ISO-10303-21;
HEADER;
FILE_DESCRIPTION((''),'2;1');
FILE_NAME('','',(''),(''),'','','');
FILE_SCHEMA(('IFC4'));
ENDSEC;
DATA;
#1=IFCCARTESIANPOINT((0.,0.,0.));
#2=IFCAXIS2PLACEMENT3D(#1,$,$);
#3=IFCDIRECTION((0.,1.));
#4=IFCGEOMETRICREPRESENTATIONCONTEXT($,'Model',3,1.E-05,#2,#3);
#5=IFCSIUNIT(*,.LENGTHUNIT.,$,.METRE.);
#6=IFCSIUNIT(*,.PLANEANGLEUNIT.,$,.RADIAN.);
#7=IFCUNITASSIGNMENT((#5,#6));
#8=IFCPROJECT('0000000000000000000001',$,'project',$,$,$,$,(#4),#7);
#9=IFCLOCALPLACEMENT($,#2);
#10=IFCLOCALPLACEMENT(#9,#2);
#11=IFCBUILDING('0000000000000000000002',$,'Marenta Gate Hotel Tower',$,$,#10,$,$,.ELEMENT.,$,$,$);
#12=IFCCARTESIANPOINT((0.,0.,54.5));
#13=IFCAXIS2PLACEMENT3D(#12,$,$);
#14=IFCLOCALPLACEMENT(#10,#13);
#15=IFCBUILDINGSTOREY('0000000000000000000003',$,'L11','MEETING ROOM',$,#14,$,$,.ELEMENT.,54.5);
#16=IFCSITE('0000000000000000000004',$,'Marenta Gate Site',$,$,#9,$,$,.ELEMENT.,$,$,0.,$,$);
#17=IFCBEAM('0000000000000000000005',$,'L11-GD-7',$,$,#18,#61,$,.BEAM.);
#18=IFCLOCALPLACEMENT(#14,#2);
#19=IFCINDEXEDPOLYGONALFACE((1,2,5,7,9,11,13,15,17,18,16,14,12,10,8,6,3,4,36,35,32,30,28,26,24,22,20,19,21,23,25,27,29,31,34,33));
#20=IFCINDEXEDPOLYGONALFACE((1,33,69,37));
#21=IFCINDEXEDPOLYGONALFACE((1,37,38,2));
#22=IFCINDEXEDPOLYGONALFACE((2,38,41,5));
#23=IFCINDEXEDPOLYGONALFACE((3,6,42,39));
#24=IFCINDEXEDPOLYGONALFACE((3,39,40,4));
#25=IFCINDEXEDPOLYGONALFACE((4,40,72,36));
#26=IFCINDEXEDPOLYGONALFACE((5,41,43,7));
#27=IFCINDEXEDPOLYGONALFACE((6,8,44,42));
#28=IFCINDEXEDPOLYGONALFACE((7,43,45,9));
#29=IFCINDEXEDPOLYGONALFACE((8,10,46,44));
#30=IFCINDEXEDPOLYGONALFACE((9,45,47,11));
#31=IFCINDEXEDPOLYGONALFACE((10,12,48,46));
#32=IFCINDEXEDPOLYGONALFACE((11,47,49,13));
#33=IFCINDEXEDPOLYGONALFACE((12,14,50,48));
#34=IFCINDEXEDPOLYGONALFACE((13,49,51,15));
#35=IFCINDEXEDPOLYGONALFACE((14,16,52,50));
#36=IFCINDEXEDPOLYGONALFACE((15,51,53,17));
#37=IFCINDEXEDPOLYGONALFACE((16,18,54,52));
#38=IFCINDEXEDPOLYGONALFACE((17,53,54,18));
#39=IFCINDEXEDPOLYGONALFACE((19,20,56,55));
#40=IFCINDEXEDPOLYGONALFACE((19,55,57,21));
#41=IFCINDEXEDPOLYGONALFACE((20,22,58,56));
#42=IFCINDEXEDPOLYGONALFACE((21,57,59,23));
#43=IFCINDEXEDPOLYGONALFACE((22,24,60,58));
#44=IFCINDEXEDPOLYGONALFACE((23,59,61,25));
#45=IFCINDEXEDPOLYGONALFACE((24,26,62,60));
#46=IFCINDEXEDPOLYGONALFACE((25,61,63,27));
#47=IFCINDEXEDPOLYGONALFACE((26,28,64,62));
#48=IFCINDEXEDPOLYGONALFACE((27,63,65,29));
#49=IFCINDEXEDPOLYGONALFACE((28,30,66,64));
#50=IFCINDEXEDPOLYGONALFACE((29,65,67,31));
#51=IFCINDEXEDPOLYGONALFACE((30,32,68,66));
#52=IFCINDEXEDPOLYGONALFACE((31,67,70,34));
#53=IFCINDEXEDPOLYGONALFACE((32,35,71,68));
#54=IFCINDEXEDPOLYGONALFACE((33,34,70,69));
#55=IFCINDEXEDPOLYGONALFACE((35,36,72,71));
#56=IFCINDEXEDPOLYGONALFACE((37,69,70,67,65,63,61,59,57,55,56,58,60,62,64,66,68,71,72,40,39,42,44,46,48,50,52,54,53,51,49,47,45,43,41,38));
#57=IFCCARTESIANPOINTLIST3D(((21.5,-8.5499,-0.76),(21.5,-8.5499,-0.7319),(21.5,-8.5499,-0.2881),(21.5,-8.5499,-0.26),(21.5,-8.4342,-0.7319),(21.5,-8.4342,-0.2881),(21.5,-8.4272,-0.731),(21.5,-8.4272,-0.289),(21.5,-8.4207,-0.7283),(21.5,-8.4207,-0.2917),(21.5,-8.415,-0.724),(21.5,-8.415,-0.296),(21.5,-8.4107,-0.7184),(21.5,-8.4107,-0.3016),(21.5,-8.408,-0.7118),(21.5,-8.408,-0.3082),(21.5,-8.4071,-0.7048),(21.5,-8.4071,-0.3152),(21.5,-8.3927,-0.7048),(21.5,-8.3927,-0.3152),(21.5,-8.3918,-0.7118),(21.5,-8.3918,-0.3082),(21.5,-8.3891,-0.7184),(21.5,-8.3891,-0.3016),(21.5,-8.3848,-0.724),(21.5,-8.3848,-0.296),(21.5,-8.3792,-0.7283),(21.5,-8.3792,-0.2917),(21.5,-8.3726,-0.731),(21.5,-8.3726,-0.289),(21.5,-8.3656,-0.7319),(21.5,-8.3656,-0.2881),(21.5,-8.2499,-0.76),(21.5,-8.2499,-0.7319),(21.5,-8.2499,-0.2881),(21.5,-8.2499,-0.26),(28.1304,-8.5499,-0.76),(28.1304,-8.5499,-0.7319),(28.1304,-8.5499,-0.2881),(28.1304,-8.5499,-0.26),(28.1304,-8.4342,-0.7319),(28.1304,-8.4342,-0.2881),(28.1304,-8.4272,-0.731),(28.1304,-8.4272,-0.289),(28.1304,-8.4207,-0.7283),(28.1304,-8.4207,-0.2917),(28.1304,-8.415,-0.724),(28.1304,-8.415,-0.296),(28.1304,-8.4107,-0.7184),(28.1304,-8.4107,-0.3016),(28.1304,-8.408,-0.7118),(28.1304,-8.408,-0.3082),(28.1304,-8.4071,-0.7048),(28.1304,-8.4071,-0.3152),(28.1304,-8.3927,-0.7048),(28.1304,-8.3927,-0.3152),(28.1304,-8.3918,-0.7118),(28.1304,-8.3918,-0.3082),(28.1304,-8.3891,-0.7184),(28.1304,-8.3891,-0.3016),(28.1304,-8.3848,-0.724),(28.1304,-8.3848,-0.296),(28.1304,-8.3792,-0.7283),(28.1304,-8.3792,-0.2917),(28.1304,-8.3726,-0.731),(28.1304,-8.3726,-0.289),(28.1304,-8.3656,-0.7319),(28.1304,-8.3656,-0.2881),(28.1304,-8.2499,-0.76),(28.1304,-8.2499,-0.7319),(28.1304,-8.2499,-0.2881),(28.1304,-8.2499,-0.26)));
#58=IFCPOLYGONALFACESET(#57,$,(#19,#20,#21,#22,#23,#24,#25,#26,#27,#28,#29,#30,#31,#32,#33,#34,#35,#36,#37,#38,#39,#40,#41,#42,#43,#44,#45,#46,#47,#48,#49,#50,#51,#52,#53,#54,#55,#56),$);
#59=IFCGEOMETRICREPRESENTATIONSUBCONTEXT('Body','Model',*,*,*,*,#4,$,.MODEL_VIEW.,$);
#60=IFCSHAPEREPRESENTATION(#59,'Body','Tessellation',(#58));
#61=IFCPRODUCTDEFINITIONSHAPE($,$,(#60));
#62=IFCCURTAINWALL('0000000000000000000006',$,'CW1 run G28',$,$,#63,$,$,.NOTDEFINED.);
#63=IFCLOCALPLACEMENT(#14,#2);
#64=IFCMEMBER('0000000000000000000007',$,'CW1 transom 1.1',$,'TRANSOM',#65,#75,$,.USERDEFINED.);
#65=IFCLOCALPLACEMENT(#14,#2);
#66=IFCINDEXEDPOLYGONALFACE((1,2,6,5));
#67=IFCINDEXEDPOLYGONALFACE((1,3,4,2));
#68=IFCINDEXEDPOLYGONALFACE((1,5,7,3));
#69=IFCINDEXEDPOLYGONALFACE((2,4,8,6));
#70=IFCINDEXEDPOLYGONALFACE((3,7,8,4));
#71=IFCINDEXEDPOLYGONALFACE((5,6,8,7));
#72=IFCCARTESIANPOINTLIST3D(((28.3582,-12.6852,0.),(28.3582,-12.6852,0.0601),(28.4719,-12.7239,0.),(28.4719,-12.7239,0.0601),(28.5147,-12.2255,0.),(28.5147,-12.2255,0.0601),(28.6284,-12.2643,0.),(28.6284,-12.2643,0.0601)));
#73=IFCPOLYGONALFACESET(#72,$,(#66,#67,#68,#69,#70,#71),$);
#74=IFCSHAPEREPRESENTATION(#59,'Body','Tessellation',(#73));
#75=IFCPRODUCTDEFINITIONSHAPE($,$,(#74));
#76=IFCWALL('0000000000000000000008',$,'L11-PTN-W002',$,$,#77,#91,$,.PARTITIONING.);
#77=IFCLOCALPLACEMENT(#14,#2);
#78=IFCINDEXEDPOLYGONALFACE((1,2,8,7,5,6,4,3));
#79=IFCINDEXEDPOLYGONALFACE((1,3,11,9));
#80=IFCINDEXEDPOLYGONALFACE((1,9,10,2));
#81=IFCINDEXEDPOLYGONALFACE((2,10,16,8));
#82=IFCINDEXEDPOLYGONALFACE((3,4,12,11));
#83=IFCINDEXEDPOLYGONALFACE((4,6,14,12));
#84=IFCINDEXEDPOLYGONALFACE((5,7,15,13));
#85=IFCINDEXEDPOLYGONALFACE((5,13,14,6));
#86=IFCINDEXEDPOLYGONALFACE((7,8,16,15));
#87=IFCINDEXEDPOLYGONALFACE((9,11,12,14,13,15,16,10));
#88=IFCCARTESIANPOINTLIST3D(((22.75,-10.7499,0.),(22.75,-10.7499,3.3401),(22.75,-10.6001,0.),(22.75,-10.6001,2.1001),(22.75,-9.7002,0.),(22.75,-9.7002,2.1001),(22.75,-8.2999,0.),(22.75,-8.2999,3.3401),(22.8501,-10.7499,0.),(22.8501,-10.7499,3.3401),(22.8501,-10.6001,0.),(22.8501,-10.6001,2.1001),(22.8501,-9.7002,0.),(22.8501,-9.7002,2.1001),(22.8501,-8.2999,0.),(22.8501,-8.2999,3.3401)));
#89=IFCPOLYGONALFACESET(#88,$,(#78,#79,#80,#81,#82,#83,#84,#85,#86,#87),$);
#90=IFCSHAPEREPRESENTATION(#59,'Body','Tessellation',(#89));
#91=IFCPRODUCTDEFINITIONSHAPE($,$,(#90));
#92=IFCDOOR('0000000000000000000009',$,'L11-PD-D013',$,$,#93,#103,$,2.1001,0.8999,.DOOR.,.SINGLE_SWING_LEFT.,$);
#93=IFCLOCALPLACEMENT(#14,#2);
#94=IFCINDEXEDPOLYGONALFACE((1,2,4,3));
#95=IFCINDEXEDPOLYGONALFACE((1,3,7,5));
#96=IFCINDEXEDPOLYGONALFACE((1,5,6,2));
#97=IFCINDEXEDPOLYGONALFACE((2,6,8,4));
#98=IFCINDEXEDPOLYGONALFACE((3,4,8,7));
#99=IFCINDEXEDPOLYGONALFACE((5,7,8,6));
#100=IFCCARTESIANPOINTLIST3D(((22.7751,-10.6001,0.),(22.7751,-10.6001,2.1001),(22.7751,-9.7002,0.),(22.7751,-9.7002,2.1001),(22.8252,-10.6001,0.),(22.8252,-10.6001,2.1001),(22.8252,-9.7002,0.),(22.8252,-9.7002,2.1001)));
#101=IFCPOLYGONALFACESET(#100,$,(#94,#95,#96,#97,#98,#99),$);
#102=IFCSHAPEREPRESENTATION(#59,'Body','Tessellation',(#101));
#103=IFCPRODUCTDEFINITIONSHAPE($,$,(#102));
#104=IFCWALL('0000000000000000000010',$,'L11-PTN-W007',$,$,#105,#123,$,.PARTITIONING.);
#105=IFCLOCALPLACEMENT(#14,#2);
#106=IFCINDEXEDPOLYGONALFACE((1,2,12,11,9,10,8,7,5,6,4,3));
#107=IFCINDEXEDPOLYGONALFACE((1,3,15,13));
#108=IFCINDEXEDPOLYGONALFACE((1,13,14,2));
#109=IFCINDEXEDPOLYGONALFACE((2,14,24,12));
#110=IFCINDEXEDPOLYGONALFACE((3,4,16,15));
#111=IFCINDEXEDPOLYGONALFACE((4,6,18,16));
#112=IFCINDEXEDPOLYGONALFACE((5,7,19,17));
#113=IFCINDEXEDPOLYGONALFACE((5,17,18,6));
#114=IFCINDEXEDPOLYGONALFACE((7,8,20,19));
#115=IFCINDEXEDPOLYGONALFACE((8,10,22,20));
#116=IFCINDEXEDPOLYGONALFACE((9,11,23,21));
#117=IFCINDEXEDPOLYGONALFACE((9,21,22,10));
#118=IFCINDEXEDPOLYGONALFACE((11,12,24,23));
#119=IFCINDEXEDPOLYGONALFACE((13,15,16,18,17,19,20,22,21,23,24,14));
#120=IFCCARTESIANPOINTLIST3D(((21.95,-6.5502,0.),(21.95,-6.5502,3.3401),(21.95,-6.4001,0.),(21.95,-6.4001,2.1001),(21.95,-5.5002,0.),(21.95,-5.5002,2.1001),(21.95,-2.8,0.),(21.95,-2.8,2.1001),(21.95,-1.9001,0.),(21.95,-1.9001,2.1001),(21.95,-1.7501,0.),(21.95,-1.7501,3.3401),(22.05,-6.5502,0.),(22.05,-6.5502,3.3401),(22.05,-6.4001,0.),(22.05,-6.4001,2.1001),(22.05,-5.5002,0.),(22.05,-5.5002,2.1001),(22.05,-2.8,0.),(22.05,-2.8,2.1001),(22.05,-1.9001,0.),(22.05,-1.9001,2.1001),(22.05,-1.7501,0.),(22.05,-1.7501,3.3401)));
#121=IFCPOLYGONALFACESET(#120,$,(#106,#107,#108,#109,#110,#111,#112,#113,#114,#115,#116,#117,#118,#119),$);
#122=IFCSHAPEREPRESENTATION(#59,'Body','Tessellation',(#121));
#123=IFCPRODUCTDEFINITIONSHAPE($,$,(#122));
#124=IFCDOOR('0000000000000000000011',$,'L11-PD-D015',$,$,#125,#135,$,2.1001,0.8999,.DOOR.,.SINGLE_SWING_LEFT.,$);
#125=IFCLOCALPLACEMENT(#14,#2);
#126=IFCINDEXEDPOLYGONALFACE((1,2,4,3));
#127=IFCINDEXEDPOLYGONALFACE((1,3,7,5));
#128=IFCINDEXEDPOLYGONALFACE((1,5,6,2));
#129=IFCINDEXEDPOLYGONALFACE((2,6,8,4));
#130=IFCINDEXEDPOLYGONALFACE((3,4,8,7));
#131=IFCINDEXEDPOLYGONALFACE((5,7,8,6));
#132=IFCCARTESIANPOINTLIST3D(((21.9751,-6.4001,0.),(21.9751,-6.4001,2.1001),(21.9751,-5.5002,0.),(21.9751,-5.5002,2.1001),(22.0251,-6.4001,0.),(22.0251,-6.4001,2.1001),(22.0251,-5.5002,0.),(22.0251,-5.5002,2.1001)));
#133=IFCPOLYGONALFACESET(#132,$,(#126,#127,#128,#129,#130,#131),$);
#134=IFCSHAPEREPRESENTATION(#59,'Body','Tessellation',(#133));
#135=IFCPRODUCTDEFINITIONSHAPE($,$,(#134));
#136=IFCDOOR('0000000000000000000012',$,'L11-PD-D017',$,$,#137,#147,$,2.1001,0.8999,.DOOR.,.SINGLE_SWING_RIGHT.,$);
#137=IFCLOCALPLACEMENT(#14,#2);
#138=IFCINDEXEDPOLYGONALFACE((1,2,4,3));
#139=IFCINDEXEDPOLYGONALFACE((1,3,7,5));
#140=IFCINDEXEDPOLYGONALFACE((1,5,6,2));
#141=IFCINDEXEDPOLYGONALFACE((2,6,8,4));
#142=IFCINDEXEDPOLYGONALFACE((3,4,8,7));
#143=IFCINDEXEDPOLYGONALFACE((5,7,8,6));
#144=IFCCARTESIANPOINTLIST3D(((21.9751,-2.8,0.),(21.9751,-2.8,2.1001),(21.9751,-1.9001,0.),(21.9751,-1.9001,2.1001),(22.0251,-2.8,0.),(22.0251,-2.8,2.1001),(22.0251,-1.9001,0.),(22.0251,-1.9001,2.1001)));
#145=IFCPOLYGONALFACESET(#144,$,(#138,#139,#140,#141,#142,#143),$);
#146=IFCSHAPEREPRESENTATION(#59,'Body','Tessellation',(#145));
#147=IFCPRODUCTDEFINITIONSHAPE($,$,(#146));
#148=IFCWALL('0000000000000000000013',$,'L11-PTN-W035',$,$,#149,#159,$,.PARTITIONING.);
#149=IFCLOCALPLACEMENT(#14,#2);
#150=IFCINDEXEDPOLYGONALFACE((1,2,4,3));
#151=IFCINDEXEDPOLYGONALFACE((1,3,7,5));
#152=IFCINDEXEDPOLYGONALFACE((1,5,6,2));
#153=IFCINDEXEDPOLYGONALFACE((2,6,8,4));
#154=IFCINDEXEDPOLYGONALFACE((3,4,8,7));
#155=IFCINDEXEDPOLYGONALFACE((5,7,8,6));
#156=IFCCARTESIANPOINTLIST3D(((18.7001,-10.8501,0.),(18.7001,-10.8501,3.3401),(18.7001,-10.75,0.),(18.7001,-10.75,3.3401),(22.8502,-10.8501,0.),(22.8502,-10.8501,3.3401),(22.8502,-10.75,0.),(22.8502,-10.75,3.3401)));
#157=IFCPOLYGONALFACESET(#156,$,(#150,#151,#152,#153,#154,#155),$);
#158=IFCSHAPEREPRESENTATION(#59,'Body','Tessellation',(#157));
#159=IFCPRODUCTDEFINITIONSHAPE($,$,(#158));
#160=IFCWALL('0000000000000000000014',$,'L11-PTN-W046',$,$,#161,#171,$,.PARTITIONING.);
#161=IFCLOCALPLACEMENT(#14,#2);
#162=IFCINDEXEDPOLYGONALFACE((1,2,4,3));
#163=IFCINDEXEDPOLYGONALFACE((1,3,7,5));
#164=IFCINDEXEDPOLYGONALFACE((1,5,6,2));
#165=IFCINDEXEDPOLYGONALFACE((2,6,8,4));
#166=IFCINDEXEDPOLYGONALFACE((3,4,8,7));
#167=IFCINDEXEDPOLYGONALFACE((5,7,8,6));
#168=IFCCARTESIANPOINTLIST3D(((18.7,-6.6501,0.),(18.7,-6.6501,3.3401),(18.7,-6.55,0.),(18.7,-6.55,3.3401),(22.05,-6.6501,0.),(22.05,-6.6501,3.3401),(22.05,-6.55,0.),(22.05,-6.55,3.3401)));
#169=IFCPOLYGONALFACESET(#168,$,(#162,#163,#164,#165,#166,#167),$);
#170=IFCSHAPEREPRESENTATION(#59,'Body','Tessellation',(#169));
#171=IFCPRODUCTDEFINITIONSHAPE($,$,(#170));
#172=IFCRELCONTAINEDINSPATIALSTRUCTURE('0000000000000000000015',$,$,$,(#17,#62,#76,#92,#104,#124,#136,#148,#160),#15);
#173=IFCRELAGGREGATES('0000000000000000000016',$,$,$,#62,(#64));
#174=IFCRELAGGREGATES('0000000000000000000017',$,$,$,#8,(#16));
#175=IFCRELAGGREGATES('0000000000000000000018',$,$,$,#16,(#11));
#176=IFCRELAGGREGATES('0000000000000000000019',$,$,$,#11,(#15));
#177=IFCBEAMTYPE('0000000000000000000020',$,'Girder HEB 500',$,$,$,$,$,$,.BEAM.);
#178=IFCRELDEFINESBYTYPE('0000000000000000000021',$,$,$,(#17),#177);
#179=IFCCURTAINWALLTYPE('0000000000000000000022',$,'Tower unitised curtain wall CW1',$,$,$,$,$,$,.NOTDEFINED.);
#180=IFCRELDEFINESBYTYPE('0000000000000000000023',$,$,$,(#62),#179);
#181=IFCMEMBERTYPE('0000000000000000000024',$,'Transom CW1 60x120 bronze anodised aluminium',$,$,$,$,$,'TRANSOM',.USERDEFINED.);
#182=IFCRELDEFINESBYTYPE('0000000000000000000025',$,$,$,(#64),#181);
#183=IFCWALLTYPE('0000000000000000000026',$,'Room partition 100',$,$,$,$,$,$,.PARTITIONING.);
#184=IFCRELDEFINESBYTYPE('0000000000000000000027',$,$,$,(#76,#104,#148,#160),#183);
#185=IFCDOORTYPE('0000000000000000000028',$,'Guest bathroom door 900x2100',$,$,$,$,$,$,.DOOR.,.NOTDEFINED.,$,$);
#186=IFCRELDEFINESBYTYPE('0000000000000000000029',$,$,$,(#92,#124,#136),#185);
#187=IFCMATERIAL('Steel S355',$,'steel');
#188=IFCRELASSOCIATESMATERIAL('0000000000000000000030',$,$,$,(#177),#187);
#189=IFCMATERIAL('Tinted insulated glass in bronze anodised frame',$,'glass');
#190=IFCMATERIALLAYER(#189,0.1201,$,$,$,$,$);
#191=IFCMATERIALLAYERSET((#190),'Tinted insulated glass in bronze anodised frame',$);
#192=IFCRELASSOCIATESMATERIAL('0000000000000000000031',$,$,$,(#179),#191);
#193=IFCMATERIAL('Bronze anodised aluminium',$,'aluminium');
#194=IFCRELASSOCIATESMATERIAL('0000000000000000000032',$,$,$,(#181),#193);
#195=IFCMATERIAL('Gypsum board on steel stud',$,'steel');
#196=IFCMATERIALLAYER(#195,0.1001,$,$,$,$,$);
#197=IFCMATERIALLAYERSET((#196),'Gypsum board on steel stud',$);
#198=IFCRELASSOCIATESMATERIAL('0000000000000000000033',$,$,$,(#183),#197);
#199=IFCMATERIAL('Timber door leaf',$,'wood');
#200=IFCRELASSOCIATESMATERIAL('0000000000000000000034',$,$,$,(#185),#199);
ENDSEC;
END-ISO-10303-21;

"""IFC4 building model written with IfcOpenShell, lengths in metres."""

from ifc_helpers import new_model, si_unit, direction, frame, frame_2d, origin, origin_2d, place, context, subcontext, project, spatial, rectangle, i_section, extrude, material, layer, layer_set, material_profile, profile_set, type_object, element, fill, aggregate, save


model = new_model("IFC4")

# Units and contexts
model_context = context("Model", 3, precision=1e-05, world=origin(), true_north=direction((0.0, 1.0)))
body_context = subcontext(model_context, "Body", "Model", "MODEL_VIEW")
ifc_project = project(units=[si_unit("LENGTHUNIT", "METRE"), si_unit("PLANEANGLEUNIT", "RADIAN")], contexts=[model_context])

# Site, building, storey
site_placement = place(None, origin())
site = spatial("IfcSite", under=ifc_project, at=site_placement, Name="Marenta Gate Site", CompositionType="ELEMENT", RefElevation=0.0)
building_placement = place(site_placement, origin())
building = spatial("IfcBuilding", under=site, at=building_placement, Name="Marenta Gate Hotel Tower", CompositionType="ELEMENT")
storey_placement = place(building_placement, frame((0.0, 0.0, 54.5)))
storey = spatial("IfcBuildingStorey", under=building, at=storey_placement, Name="L11", Description="MEETING ROOM", CompositionType="ELEMENT", Elevation=54.5)

# Beam
ifc_material_1 = material(Name="Steel S355", Category="steel")
ifc_material_profile_1 = material_profile(ifc_material_1, i_section(OverallWidth=0.3, OverallDepth=0.5, WebThickness=0.0144, FlangeThickness=0.0281, FilletRadius=0.0271, at=origin_2d()), Name="HEB 500")
ifc_profile_set_1 = profile_set([ifc_material_profile_1], Name="Steel S355")
beam_type_1 = type_object("IfcBeamType", Name="Girder HEB 500", PredefinedType="BEAM", material=ifc_profile_set_1)
beam_1_placement = place(storey_placement, frame((21.5, -8.3999, -0.51), z_axis=(1.0, 0.0, 0.0), x_axis=(0.0, 1.0, 0.0)))
element("IfcBeam", 1, at=beam_1_placement, inside=storey, type_object=beam_type_1, Name="L11-GD-7", PredefinedType="BEAM", context=body_context, shape_type="SweptSolid", body=[
    extrude(i_section(OverallWidth=0.3, OverallDepth=0.5, WebThickness=0.0144, FlangeThickness=0.0281, FilletRadius=0.0271, at=origin_2d()), origin(), (0.0, 0.0, 1.0), 6.6304),
])

# Curtain wall, member
ifc_material_2 = material(Name="Tinted insulated glass in bronze anodised frame", Category="glass")
ifc_layer_1 = layer(ifc_material_2, 0.1201)
ifc_layer_set_1 = layer_set([ifc_layer_1], Name="Tinted insulated glass in bronze anodised frame")
curtain_wall_type = type_object("IfcCurtainWallType", Name="Tower unitised curtain wall CW1", PredefinedType="NOTDEFINED", material=ifc_layer_set_1)
curtain_wall_placement = place(storey_placement, origin())
curtain_wall = element("IfcCurtainWall", 2, at=curtain_wall_placement, inside=storey, type_object=curtain_wall_type, Name="CW1 run G28", PredefinedType="NOTDEFINED")
ifc_material_3 = material(Name="Bronze anodised aluminium", Category="aluminium")
ifc_material_profile_2 = material_profile(ifc_material_3, rectangle(XDim=0.1201, YDim=0.0601, at=origin_2d()), Name="Transom CW1 60x120 bronze anodised aluminium")
ifc_profile_set_2 = profile_set([ifc_material_profile_2], Name="Bronze anodised aluminium")
member_type = type_object("IfcMemberType", Name="Transom CW1 60x120 bronze anodised aluminium", ElementType="TRANSOM", PredefinedType="USERDEFINED", material=ifc_profile_set_2)
member_placement = place(storey_placement, frame((28.415, -12.7046, 0.03), z_axis=(0.322254, 0.946653, 0.0), x_axis=(-0.946653, 0.322254, 0.0)))
member = element("IfcMember", 3, at=member_placement, type_object=member_type, Name="CW1 transom 1.1", ObjectType="TRANSOM", PredefinedType="USERDEFINED", context=body_context, shape_type="SweptSolid", body=[
    extrude(rectangle(XDim=0.1201, YDim=0.0601, at=origin_2d()), origin(), (0.0, 0.0, 1.0), 0.4856),
])
aggregate(curtain_wall, [member])

# Wall, opening, door
ifc_material_4 = material(Name="Gypsum board on steel stud", Category="steel")
ifc_layer_2 = layer(ifc_material_4, 0.1001)
ifc_layer_set_2 = layer_set([ifc_layer_2], Name="Gypsum board on steel stud")
wall_type_1 = type_object("IfcWallType", Name="Room partition 100", PredefinedType="PARTITIONING", material=ifc_layer_set_2)
wall_1_placement = place(storey_placement, frame((22.8, -10.75, 0.0), z_axis=(0.0, 0.0, 1.0), x_axis=(0.0, 1.0, 0.0)))
wall_1 = element("IfcWall", 4, at=wall_1_placement, inside=storey, type_object=wall_type_1, Name="L11-PTN-W002", PredefinedType="PARTITIONING", context=body_context, shape_type="SweptSolid", body=[
    extrude(rectangle(XDim=2.45, YDim=0.1001, at=frame_2d((1.2251, 0.0))), origin(), (0.0, 0.0, 1.0), 3.3401),
])
opening_1_placement = place(wall_1_placement, frame((0.1499, 0.0, 0.0)))
opening_1 = element("IfcOpeningElement", 5, at=opening_1_placement, cuts=wall_1, PredefinedType="OPENING", context=body_context, shape_type="SweptSolid", body=[
    extrude(rectangle(XDim=0.8999, YDim=2.1001, at=frame_2d((0.45, 1.05))), frame((0.0, 0.05, 0.0), z_axis=(0.0, -1.0, 0.0), x_axis=(1.0, 0.0, 0.0)), (0.0, 0.0, 1.0), 0.1001),
])
ifc_material_5 = material(Name="Timber door leaf", Category="wood")
door_type_1 = type_object("IfcDoorType", Name="Guest bathroom door 900x2100", OperationType="NOTDEFINED", PredefinedType="DOOR", material=ifc_material_5)
door_1_placement = place(opening_1_placement, origin())
door_1 = element("IfcDoor", 6, at=door_1_placement, inside=storey, type_object=door_type_1, Name="L11-PD-D013", OperationType="SINGLE_SWING_LEFT", OverallHeight=2.1001, OverallWidth=0.8999, PredefinedType="DOOR", context=body_context, shape_type="SweptSolid", body=[
    extrude(rectangle(XDim=0.8999, YDim=2.1001, at=frame_2d((0.45, 1.05))), frame((0.0, 0.0249, 0.0), z_axis=(0.0, -1.0, 0.0), x_axis=(1.0, 0.0, 0.0)), (0.0, 0.0, 1.0), 0.05),
])
fill(opening_1, door_1)

# Wall, openings, doors
wall_2_placement = place(storey_placement, frame((22.0, -6.55, 0.0), z_axis=(0.0, 0.0, 1.0), x_axis=(0.0, 1.0, 0.0)))
wall_2 = element("IfcWall", 7, at=wall_2_placement, inside=storey, type_object=wall_type_1, Name="L11-PTN-W007", PredefinedType="PARTITIONING", context=body_context, shape_type="SweptSolid", body=[
    extrude(rectangle(XDim=4.8, YDim=0.1001, at=frame_2d((2.3999, 0.0))), origin(), (0.0, 0.0, 1.0), 3.3401),
])
opening_2_placement = place(wall_2_placement, frame((0.1499, 0.0, 0.0)))
opening_2 = element("IfcOpeningElement", 8, at=opening_2_placement, cuts=wall_2, PredefinedType="OPENING", context=body_context, shape_type="SweptSolid", body=[
    extrude(rectangle(XDim=0.8999, YDim=2.1001, at=frame_2d((0.45, 1.05))), frame((0.0, 0.05, 0.0), z_axis=(0.0, -1.0, 0.0), x_axis=(1.0, 0.0, 0.0)), (0.0, 0.0, 1.0), 0.1001),
])
opening_3_placement = place(wall_2_placement, frame((3.75, 0.0, 0.0)))
opening_3 = element("IfcOpeningElement", 9, at=opening_3_placement, cuts=wall_2, PredefinedType="OPENING", context=body_context, shape_type="SweptSolid", body=[
    extrude(rectangle(XDim=0.8999, YDim=2.1001, at=frame_2d((0.45, 1.05))), frame((0.0, 0.05, 0.0), z_axis=(0.0, -1.0, 0.0), x_axis=(1.0, 0.0, 0.0)), (0.0, 0.0, 1.0), 0.1001),
])
door_2_placement = place(opening_2_placement, origin())
door_2 = element("IfcDoor", 10, at=door_2_placement, inside=storey, type_object=door_type_1, Name="L11-PD-D015", OperationType="SINGLE_SWING_LEFT", OverallHeight=2.1001, OverallWidth=0.8999, PredefinedType="DOOR", context=body_context, shape_type="SweptSolid", body=[
    extrude(rectangle(XDim=0.8999, YDim=2.1001, at=frame_2d((0.45, 1.05))), frame((0.0, 0.0249, 0.0), z_axis=(0.0, -1.0, 0.0), x_axis=(1.0, 0.0, 0.0)), (0.0, 0.0, 1.0), 0.05),
])
fill(opening_2, door_2)
door_3_placement = place(opening_3_placement, origin())
door_3 = element("IfcDoor", 11, at=door_3_placement, inside=storey, type_object=door_type_1, Name="L11-PD-D017", OperationType="SINGLE_SWING_RIGHT", OverallHeight=2.1001, OverallWidth=0.8999, PredefinedType="DOOR", context=body_context, shape_type="SweptSolid", body=[
    extrude(rectangle(XDim=0.8999, YDim=2.1001, at=frame_2d((0.45, 1.05))), frame((0.0, 0.0249, 0.0), z_axis=(0.0, -1.0, 0.0), x_axis=(1.0, 0.0, 0.0)), (0.0, 0.0, 1.0), 0.05),
])
fill(opening_3, door_3)

# Walls
wall_3_placement = place(storey_placement, frame((18.7, -10.8, 0.0), z_axis=(0.0, 0.0, 1.0), x_axis=(1.0, 0.0, 0.0)))
element("IfcWall", 12, at=wall_3_placement, inside=storey, type_object=wall_type_1, Name="L11-PTN-W035", PredefinedType="PARTITIONING", context=body_context, shape_type="SweptSolid", body=[
    extrude(rectangle(XDim=4.1501, YDim=0.1001, at=frame_2d((2.0752, 0.0))), origin(), (0.0, 0.0, 1.0), 3.3401),
])
wall_4_placement = place(storey_placement, frame((18.7, -6.6001, 0.0), z_axis=(0.0, 0.0, 1.0), x_axis=(1.0, 0.0, 0.0)))
element("IfcWall", 13, at=wall_4_placement, inside=storey, type_object=wall_type_1, Name="L11-PTN-W046", PredefinedType="PARTITIONING", context=body_context, shape_type="SweptSolid", body=[
    extrude(rectangle(XDim=3.3501, YDim=0.1001, at=frame_2d((1.675, 0.0))), origin(), (0.0, 0.0, 1.0), 3.3401),
])

save(model, "model.ifc")
